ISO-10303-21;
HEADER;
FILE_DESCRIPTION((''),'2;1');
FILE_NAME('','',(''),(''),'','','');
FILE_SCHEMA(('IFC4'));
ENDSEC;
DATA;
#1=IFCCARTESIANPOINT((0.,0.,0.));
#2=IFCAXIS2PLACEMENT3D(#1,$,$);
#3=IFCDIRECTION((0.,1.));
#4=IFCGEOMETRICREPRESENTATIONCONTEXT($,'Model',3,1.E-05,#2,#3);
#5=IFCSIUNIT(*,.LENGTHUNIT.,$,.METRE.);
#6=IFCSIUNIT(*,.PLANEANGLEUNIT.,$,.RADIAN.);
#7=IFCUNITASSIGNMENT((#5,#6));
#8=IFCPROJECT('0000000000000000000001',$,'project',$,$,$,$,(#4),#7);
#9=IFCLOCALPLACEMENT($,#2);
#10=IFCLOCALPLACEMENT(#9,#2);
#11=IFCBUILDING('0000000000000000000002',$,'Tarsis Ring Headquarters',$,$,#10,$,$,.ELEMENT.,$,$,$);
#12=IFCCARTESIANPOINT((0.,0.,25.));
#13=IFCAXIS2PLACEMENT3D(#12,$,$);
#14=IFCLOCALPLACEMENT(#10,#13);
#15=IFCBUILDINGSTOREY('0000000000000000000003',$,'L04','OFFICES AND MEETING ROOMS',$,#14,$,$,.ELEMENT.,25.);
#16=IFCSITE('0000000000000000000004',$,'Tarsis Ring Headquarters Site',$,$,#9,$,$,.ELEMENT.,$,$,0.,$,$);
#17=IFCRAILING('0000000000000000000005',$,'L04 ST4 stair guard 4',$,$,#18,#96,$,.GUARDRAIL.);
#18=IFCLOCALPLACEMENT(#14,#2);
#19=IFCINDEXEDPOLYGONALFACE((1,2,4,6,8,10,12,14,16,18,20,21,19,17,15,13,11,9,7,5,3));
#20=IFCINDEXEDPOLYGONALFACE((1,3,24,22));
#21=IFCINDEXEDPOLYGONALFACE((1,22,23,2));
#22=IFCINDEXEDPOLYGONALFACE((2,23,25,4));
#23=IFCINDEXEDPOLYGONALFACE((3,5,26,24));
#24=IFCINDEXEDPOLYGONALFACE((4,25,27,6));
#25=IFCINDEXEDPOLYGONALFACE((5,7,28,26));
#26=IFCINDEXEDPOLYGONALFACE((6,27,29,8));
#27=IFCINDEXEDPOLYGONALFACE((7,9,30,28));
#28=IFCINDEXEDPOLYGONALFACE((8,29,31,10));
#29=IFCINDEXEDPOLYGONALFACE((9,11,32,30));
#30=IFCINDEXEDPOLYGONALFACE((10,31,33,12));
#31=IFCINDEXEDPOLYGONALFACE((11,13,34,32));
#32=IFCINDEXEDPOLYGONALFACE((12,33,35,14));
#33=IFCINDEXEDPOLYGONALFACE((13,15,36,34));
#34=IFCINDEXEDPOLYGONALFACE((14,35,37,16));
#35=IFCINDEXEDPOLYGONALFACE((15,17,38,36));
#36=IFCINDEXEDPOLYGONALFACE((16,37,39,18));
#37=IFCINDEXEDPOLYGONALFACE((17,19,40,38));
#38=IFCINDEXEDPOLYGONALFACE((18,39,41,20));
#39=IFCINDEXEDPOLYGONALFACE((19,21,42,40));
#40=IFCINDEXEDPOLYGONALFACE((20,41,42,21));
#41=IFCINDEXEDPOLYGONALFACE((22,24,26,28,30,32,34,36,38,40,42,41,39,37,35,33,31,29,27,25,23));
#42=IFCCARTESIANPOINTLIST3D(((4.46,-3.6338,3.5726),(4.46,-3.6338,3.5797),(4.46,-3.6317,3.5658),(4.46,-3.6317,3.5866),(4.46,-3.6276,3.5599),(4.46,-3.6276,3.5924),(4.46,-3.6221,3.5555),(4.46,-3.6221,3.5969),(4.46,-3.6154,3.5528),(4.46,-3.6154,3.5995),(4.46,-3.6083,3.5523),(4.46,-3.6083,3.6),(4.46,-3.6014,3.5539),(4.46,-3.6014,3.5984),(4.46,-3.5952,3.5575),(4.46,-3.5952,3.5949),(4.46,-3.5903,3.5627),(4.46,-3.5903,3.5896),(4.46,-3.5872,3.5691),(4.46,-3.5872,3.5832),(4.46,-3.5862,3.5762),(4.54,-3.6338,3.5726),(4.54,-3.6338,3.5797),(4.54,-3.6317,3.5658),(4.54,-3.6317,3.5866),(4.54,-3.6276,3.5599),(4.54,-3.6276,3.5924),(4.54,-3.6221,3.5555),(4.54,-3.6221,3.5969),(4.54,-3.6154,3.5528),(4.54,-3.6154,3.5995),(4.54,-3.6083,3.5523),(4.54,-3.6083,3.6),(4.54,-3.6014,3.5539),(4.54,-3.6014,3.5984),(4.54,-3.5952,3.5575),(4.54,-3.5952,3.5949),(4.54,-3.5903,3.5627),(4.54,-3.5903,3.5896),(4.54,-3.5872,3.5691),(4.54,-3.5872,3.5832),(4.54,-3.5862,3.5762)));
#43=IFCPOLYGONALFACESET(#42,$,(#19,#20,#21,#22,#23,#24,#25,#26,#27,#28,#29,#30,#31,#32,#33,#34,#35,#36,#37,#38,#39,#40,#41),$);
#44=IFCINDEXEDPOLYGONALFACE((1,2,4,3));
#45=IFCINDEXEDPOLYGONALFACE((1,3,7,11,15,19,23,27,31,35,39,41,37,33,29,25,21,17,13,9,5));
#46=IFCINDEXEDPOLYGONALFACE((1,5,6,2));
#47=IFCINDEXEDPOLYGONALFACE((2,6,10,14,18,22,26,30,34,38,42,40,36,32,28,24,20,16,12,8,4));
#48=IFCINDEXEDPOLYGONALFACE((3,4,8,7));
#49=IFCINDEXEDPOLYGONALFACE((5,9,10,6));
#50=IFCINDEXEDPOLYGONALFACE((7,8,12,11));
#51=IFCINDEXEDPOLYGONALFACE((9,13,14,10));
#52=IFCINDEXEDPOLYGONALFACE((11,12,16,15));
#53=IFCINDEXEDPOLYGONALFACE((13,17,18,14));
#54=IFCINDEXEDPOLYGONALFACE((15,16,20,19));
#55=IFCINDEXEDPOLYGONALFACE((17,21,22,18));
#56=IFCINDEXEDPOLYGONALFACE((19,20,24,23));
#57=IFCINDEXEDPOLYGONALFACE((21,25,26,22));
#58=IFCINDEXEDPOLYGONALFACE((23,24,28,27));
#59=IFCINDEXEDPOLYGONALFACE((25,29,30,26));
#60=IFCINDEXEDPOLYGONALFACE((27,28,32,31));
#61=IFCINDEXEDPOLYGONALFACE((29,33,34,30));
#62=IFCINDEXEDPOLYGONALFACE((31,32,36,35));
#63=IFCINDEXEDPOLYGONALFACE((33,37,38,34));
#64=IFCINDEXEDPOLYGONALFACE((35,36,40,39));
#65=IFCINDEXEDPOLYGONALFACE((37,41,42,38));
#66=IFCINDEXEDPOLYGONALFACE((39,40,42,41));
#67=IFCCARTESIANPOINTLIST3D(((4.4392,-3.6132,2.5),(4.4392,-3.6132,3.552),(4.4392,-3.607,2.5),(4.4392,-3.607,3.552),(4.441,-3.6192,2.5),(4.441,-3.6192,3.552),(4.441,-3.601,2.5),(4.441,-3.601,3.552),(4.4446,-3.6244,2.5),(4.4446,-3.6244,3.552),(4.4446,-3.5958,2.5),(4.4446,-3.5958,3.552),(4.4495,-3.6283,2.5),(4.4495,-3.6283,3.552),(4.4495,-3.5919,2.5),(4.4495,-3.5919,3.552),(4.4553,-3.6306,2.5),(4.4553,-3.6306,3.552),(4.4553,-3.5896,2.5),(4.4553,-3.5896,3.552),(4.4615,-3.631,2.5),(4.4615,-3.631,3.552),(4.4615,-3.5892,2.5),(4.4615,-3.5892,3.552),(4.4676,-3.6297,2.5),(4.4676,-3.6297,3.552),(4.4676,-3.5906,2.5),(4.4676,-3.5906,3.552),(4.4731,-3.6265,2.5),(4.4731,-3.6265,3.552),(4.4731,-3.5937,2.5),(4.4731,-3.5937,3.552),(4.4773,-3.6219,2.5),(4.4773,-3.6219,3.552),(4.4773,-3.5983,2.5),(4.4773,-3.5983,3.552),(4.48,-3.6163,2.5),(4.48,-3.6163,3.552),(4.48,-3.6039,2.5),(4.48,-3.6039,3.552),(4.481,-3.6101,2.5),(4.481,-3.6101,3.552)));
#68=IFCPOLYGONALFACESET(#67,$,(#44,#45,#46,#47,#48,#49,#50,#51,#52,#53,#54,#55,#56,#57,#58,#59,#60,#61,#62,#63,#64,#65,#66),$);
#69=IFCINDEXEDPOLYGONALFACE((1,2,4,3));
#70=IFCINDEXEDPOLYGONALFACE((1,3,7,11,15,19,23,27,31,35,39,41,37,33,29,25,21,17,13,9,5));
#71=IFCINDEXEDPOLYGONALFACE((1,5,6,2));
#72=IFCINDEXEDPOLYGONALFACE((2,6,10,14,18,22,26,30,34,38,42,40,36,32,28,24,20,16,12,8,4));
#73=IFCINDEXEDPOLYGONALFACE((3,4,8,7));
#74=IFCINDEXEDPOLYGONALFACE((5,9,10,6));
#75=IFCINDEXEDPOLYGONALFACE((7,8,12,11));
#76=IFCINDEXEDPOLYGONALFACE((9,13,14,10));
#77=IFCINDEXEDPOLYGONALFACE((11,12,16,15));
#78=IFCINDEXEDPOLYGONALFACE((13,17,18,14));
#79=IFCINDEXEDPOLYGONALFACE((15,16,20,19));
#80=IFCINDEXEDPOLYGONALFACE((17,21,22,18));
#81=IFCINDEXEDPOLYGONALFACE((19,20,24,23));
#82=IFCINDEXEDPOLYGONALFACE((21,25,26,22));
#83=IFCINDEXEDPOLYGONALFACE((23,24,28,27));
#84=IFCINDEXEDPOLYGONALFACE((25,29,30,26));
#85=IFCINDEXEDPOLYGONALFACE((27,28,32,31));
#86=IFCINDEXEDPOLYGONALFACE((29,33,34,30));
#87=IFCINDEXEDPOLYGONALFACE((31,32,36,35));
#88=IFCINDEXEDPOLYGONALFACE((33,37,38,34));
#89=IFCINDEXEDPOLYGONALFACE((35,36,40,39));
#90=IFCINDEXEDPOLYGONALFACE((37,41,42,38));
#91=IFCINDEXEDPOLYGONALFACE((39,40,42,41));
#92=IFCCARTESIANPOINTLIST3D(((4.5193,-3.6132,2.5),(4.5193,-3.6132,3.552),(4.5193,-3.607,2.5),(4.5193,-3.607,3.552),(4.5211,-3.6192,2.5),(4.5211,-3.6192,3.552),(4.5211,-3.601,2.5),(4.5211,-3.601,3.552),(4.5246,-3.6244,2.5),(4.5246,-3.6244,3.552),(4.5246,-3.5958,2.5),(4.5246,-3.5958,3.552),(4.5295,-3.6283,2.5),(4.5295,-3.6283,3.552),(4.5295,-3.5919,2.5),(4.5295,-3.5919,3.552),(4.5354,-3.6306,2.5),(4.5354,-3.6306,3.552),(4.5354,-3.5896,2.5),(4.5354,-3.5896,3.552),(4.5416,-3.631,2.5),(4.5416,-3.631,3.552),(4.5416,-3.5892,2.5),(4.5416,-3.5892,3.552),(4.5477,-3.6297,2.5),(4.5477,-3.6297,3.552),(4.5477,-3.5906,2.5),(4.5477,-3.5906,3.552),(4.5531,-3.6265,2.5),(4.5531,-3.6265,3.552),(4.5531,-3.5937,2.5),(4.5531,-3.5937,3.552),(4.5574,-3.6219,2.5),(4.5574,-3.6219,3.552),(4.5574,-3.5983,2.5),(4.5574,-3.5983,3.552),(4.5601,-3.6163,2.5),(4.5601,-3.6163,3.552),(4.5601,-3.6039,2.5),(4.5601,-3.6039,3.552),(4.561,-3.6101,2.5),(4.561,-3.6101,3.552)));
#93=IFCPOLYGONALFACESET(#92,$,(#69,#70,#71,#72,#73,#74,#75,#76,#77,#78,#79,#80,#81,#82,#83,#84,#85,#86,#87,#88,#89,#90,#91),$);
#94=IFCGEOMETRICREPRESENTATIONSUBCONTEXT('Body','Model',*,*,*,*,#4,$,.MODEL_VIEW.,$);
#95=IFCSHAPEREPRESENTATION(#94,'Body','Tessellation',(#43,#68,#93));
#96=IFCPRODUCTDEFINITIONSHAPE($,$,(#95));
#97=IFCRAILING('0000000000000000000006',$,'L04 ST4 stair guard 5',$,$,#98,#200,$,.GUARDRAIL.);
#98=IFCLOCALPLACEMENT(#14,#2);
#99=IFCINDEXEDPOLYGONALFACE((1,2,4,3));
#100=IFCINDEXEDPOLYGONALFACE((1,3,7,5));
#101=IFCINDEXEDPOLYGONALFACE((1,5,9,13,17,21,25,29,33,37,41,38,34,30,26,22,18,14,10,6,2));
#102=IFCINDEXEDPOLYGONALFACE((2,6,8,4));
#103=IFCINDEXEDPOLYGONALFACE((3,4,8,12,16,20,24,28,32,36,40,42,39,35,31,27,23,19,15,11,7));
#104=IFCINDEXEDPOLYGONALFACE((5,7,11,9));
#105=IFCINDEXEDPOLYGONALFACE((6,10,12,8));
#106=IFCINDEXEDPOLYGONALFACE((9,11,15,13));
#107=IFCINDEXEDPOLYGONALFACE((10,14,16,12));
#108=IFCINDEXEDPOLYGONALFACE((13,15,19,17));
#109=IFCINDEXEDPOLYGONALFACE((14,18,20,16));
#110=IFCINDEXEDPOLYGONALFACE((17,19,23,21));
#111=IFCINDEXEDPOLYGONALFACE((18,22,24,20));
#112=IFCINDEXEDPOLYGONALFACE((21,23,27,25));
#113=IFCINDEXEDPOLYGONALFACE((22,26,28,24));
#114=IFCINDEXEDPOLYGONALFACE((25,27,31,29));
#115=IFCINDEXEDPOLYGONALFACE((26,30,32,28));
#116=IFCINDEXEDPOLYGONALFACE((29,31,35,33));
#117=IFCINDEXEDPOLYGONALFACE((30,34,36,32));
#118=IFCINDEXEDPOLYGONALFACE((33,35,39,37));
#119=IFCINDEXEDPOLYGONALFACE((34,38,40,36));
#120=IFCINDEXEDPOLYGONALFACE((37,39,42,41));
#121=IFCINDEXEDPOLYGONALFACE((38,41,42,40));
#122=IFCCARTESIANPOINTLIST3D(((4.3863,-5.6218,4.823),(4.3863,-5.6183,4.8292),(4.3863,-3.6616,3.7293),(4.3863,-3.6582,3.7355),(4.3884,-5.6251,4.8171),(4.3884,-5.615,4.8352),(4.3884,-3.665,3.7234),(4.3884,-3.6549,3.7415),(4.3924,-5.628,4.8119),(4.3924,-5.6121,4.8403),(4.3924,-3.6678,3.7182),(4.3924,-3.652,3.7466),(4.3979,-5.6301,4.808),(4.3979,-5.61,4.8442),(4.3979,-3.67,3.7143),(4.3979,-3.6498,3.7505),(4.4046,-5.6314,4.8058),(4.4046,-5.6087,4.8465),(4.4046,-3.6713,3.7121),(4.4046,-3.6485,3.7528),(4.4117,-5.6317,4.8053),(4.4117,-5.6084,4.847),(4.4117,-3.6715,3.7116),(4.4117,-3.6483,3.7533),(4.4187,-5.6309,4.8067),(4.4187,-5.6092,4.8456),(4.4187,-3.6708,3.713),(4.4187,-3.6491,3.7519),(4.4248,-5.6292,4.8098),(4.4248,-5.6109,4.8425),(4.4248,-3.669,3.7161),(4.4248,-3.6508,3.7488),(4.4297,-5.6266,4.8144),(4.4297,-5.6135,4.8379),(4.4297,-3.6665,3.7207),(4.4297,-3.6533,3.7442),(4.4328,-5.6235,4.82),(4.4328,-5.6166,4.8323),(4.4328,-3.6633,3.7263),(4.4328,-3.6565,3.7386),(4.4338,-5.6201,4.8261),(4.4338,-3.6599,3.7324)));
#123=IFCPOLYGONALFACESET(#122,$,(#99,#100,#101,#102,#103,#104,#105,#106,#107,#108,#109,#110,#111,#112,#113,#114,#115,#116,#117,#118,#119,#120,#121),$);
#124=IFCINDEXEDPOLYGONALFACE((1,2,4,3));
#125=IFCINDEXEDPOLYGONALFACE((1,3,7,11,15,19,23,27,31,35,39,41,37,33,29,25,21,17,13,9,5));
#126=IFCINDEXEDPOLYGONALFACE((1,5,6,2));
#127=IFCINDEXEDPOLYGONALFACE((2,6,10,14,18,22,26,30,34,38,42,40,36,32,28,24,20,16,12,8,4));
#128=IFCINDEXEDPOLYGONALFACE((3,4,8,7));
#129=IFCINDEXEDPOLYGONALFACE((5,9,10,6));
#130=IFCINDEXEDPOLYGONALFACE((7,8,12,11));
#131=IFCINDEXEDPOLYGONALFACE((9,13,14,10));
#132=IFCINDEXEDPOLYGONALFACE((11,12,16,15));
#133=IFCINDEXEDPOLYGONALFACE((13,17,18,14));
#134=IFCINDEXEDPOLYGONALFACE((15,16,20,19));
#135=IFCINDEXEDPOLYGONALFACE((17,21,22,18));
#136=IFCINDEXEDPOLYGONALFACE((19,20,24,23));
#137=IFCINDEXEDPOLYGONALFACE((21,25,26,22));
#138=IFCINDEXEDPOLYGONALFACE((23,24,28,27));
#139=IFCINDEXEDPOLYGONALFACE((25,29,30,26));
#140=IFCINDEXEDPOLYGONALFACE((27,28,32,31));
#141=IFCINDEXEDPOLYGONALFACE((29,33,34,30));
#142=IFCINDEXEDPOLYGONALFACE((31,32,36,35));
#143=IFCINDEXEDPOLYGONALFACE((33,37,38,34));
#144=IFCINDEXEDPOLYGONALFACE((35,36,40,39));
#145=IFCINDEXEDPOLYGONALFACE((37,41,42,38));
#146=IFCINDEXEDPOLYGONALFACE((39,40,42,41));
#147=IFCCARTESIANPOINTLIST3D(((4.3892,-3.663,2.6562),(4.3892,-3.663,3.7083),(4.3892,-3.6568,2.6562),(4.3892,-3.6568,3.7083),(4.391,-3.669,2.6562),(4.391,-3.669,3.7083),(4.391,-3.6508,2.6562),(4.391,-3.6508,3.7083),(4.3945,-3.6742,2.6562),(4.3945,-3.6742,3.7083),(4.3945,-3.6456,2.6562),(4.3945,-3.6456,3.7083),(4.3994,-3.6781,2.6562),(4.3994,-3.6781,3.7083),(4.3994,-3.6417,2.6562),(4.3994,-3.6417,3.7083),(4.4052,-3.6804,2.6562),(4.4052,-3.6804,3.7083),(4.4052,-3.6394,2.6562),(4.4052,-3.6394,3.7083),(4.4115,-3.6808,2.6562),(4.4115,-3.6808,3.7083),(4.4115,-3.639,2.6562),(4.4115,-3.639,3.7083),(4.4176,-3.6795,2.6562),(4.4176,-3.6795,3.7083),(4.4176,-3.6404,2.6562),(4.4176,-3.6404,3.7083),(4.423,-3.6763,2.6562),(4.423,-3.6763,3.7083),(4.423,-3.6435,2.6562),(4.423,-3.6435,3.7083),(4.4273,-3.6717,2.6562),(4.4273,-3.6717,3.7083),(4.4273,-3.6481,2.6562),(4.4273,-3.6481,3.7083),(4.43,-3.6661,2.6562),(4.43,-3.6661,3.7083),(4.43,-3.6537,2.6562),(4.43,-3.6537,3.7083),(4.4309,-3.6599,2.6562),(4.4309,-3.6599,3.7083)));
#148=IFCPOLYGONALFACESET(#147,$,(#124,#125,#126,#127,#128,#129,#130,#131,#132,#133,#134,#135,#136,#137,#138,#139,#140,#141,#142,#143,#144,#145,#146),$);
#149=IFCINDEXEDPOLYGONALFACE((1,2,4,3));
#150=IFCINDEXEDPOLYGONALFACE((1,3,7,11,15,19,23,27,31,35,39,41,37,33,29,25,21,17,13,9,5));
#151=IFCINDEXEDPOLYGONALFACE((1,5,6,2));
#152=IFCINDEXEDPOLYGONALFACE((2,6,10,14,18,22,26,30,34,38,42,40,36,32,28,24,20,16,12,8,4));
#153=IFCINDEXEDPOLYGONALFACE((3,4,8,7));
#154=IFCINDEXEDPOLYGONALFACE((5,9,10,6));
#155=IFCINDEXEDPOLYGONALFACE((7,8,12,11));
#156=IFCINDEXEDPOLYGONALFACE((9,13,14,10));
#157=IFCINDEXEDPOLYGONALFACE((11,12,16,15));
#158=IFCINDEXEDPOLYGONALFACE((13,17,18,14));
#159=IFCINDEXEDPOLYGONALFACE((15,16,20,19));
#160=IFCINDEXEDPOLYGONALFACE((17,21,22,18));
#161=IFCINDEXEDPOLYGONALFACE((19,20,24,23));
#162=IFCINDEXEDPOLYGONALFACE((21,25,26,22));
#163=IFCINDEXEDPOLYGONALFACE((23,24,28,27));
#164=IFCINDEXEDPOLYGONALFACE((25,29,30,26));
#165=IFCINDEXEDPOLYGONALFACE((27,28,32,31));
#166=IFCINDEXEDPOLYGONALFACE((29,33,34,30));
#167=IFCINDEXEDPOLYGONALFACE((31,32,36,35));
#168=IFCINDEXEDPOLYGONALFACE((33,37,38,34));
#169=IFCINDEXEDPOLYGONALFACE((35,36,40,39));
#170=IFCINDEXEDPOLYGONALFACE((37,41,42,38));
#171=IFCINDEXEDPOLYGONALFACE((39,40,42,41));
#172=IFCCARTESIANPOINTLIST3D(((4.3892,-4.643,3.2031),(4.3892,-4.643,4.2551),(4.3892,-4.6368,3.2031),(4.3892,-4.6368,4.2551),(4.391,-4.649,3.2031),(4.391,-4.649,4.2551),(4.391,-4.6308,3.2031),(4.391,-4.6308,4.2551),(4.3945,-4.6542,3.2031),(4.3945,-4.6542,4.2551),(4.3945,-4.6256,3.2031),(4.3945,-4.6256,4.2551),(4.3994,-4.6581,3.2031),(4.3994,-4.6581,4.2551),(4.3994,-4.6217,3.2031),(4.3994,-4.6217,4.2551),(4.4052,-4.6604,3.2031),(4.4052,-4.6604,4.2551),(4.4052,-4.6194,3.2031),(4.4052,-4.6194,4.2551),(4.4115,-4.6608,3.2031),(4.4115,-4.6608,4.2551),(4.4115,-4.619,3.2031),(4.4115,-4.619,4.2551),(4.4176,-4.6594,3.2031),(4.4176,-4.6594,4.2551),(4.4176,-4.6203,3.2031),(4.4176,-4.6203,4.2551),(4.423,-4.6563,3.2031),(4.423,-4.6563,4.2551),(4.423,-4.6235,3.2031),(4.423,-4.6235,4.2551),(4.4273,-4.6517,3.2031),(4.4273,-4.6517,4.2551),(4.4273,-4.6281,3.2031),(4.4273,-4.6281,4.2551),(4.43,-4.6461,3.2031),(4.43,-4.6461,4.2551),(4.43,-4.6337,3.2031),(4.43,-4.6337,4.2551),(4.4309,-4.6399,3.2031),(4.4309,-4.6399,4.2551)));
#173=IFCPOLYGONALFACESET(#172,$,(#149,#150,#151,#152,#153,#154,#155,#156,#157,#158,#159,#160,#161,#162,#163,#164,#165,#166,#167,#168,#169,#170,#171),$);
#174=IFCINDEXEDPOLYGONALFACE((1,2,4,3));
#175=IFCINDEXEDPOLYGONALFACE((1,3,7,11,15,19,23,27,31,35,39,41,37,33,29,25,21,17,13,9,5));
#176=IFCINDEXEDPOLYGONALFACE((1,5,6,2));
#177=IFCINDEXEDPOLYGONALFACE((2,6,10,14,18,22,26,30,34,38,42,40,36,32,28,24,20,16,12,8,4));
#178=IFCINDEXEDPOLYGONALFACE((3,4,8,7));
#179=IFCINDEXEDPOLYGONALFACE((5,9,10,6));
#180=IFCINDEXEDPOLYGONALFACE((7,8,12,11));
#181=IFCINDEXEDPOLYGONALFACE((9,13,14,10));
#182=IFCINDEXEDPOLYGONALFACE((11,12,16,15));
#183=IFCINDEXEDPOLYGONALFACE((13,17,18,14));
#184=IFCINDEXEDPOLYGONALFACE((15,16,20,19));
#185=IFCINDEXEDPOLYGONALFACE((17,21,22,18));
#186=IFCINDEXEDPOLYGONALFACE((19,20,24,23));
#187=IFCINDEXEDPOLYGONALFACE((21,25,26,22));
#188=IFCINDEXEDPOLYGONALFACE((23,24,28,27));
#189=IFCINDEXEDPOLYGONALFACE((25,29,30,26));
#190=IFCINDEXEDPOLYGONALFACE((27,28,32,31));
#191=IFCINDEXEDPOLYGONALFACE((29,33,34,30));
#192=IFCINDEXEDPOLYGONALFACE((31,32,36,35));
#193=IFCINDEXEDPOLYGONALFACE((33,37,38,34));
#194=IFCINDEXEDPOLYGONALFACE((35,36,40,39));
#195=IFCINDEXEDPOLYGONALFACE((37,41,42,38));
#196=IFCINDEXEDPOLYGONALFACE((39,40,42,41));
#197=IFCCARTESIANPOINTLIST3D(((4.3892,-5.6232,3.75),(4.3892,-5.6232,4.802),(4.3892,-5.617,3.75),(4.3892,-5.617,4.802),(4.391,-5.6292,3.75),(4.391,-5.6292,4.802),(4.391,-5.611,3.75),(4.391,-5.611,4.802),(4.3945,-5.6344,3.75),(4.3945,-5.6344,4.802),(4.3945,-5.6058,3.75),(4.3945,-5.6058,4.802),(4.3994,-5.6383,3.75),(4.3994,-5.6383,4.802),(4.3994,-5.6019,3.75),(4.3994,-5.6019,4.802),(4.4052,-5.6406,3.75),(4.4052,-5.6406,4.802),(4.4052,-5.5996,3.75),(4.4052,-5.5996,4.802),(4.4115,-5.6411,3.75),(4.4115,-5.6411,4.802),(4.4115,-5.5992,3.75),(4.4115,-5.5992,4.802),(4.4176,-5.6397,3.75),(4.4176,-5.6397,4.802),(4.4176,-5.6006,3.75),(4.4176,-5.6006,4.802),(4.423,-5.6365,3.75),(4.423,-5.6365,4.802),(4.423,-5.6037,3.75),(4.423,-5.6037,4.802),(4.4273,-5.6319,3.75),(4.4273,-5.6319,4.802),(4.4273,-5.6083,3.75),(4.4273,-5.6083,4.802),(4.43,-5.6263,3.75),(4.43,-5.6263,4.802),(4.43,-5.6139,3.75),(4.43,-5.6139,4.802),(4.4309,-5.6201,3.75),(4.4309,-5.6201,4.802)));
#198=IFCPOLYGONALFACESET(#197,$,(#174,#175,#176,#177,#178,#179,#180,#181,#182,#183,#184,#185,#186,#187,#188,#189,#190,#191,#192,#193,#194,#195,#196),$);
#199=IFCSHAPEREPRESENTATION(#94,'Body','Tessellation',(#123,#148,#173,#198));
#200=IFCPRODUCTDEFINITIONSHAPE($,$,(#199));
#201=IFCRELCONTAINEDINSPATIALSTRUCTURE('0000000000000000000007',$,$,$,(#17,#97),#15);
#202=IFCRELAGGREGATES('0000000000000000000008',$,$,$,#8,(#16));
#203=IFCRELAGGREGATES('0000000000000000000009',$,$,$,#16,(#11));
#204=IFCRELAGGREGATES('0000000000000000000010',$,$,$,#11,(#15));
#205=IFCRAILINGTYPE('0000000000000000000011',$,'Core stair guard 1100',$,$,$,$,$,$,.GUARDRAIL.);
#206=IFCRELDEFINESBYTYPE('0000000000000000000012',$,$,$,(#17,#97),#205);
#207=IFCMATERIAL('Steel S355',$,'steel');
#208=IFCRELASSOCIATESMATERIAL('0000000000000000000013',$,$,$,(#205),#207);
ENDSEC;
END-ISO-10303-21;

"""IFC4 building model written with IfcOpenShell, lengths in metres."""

from ifc_helpers import new_model, si_unit, direction, frame, origin, origin_2d, place, context, subcontext, project, spatial, circle, extrude, material, type_object, element, save


model = new_model("IFC4")

# Units and contexts
model_context = context("Model", 3, precision=1e-05, world=origin(), true_north=direction((0.0, 1.0)))
body_context = subcontext(model_context, "Body", "Model", "MODEL_VIEW")
ifc_project = project(units=[si_unit("LENGTHUNIT", "METRE"), si_unit("PLANEANGLEUNIT", "RADIAN")], contexts=[model_context])

# Site, building, storey
site_placement = place(None, origin())
site = spatial("IfcSite", under=ifc_project, at=site_placement, Name="Tarsis Ring Headquarters Site", CompositionType="ELEMENT", RefElevation=0.0)
building_placement = place(site_placement, origin())
building = spatial("IfcBuilding", under=site, at=building_placement, Name="Tarsis Ring Headquarters", CompositionType="ELEMENT")
storey_placement = place(building_placement, frame((0.0, 0.0, 25.0)))
storey = spatial("IfcBuildingStorey", under=building, at=storey_placement, Name="L04", Description="OFFICES AND MEETING ROOMS", CompositionType="ELEMENT", Elevation=25.0)

# Railings
ifc_material_1 = material(Name="Steel S355", Category="steel")
railing_type_1 = type_object("IfcRailingType", Name="Core stair guard 1100", PredefinedType="GUARDRAIL", material=ifc_material_1)
railing_1_placement = place(storey_placement, frame((4.46, -3.6101, 2.5)))
element("IfcRailing", 1, at=railing_1_placement, inside=storey, type_object=railing_type_1, Name="L04 ST4 stair guard 4", PredefinedType="GUARDRAIL", context=body_context, shape_type="SweptSolid", body=[
    extrude(circle(Radius=0.0239, at=origin_2d()), frame((0.0, 0.0, 1.0762), z_axis=(1.0, 0.0, 0.0), x_axis=(0.0, 1.0, 0.0)), (0.0, 0.0, 1.0), 0.0801),
    extrude(circle(Radius=0.021, at=origin_2d()), origin(), (0.0, 0.0, 1.0), 1.052),
    extrude(circle(Radius=0.021, at=origin_2d()), frame((0.0801, 0.0, 0.0)), (0.0, 0.0, 1.0), 1.052),
])
railing_2_placement = place(storey_placement, frame((4.4099, -3.6599, 2.6562)))
element("IfcRailing", 2, at=railing_2_placement, inside=storey, type_object=railing_type_1, Name="L04 ST4 stair guard 5", PredefinedType="GUARDRAIL", context=body_context, shape_type="SweptSolid", body=[
    extrude(circle(Radius=0.0239, at=origin_2d()), frame((0.0, 0.0, 1.0762), z_axis=(0.0, -0.873258, 0.487258), x_axis=(1.0, 0.0, 0.0)), (0.0, 0.0, 1.0), 2.2446),
    extrude(circle(Radius=0.021, at=origin_2d()), origin(), (0.0, 0.0, 1.0), 1.052),
    extrude(circle(Radius=0.021, at=origin_2d()), frame((0.0, -0.98, 0.5469)), (0.0, 0.0, 1.0), 1.052),
    extrude(circle(Radius=0.021, at=origin_2d()), frame((0.0, -1.9602, 1.0938)), (0.0, 0.0, 1.0), 1.052),
])

save(model, "model.ifc")
